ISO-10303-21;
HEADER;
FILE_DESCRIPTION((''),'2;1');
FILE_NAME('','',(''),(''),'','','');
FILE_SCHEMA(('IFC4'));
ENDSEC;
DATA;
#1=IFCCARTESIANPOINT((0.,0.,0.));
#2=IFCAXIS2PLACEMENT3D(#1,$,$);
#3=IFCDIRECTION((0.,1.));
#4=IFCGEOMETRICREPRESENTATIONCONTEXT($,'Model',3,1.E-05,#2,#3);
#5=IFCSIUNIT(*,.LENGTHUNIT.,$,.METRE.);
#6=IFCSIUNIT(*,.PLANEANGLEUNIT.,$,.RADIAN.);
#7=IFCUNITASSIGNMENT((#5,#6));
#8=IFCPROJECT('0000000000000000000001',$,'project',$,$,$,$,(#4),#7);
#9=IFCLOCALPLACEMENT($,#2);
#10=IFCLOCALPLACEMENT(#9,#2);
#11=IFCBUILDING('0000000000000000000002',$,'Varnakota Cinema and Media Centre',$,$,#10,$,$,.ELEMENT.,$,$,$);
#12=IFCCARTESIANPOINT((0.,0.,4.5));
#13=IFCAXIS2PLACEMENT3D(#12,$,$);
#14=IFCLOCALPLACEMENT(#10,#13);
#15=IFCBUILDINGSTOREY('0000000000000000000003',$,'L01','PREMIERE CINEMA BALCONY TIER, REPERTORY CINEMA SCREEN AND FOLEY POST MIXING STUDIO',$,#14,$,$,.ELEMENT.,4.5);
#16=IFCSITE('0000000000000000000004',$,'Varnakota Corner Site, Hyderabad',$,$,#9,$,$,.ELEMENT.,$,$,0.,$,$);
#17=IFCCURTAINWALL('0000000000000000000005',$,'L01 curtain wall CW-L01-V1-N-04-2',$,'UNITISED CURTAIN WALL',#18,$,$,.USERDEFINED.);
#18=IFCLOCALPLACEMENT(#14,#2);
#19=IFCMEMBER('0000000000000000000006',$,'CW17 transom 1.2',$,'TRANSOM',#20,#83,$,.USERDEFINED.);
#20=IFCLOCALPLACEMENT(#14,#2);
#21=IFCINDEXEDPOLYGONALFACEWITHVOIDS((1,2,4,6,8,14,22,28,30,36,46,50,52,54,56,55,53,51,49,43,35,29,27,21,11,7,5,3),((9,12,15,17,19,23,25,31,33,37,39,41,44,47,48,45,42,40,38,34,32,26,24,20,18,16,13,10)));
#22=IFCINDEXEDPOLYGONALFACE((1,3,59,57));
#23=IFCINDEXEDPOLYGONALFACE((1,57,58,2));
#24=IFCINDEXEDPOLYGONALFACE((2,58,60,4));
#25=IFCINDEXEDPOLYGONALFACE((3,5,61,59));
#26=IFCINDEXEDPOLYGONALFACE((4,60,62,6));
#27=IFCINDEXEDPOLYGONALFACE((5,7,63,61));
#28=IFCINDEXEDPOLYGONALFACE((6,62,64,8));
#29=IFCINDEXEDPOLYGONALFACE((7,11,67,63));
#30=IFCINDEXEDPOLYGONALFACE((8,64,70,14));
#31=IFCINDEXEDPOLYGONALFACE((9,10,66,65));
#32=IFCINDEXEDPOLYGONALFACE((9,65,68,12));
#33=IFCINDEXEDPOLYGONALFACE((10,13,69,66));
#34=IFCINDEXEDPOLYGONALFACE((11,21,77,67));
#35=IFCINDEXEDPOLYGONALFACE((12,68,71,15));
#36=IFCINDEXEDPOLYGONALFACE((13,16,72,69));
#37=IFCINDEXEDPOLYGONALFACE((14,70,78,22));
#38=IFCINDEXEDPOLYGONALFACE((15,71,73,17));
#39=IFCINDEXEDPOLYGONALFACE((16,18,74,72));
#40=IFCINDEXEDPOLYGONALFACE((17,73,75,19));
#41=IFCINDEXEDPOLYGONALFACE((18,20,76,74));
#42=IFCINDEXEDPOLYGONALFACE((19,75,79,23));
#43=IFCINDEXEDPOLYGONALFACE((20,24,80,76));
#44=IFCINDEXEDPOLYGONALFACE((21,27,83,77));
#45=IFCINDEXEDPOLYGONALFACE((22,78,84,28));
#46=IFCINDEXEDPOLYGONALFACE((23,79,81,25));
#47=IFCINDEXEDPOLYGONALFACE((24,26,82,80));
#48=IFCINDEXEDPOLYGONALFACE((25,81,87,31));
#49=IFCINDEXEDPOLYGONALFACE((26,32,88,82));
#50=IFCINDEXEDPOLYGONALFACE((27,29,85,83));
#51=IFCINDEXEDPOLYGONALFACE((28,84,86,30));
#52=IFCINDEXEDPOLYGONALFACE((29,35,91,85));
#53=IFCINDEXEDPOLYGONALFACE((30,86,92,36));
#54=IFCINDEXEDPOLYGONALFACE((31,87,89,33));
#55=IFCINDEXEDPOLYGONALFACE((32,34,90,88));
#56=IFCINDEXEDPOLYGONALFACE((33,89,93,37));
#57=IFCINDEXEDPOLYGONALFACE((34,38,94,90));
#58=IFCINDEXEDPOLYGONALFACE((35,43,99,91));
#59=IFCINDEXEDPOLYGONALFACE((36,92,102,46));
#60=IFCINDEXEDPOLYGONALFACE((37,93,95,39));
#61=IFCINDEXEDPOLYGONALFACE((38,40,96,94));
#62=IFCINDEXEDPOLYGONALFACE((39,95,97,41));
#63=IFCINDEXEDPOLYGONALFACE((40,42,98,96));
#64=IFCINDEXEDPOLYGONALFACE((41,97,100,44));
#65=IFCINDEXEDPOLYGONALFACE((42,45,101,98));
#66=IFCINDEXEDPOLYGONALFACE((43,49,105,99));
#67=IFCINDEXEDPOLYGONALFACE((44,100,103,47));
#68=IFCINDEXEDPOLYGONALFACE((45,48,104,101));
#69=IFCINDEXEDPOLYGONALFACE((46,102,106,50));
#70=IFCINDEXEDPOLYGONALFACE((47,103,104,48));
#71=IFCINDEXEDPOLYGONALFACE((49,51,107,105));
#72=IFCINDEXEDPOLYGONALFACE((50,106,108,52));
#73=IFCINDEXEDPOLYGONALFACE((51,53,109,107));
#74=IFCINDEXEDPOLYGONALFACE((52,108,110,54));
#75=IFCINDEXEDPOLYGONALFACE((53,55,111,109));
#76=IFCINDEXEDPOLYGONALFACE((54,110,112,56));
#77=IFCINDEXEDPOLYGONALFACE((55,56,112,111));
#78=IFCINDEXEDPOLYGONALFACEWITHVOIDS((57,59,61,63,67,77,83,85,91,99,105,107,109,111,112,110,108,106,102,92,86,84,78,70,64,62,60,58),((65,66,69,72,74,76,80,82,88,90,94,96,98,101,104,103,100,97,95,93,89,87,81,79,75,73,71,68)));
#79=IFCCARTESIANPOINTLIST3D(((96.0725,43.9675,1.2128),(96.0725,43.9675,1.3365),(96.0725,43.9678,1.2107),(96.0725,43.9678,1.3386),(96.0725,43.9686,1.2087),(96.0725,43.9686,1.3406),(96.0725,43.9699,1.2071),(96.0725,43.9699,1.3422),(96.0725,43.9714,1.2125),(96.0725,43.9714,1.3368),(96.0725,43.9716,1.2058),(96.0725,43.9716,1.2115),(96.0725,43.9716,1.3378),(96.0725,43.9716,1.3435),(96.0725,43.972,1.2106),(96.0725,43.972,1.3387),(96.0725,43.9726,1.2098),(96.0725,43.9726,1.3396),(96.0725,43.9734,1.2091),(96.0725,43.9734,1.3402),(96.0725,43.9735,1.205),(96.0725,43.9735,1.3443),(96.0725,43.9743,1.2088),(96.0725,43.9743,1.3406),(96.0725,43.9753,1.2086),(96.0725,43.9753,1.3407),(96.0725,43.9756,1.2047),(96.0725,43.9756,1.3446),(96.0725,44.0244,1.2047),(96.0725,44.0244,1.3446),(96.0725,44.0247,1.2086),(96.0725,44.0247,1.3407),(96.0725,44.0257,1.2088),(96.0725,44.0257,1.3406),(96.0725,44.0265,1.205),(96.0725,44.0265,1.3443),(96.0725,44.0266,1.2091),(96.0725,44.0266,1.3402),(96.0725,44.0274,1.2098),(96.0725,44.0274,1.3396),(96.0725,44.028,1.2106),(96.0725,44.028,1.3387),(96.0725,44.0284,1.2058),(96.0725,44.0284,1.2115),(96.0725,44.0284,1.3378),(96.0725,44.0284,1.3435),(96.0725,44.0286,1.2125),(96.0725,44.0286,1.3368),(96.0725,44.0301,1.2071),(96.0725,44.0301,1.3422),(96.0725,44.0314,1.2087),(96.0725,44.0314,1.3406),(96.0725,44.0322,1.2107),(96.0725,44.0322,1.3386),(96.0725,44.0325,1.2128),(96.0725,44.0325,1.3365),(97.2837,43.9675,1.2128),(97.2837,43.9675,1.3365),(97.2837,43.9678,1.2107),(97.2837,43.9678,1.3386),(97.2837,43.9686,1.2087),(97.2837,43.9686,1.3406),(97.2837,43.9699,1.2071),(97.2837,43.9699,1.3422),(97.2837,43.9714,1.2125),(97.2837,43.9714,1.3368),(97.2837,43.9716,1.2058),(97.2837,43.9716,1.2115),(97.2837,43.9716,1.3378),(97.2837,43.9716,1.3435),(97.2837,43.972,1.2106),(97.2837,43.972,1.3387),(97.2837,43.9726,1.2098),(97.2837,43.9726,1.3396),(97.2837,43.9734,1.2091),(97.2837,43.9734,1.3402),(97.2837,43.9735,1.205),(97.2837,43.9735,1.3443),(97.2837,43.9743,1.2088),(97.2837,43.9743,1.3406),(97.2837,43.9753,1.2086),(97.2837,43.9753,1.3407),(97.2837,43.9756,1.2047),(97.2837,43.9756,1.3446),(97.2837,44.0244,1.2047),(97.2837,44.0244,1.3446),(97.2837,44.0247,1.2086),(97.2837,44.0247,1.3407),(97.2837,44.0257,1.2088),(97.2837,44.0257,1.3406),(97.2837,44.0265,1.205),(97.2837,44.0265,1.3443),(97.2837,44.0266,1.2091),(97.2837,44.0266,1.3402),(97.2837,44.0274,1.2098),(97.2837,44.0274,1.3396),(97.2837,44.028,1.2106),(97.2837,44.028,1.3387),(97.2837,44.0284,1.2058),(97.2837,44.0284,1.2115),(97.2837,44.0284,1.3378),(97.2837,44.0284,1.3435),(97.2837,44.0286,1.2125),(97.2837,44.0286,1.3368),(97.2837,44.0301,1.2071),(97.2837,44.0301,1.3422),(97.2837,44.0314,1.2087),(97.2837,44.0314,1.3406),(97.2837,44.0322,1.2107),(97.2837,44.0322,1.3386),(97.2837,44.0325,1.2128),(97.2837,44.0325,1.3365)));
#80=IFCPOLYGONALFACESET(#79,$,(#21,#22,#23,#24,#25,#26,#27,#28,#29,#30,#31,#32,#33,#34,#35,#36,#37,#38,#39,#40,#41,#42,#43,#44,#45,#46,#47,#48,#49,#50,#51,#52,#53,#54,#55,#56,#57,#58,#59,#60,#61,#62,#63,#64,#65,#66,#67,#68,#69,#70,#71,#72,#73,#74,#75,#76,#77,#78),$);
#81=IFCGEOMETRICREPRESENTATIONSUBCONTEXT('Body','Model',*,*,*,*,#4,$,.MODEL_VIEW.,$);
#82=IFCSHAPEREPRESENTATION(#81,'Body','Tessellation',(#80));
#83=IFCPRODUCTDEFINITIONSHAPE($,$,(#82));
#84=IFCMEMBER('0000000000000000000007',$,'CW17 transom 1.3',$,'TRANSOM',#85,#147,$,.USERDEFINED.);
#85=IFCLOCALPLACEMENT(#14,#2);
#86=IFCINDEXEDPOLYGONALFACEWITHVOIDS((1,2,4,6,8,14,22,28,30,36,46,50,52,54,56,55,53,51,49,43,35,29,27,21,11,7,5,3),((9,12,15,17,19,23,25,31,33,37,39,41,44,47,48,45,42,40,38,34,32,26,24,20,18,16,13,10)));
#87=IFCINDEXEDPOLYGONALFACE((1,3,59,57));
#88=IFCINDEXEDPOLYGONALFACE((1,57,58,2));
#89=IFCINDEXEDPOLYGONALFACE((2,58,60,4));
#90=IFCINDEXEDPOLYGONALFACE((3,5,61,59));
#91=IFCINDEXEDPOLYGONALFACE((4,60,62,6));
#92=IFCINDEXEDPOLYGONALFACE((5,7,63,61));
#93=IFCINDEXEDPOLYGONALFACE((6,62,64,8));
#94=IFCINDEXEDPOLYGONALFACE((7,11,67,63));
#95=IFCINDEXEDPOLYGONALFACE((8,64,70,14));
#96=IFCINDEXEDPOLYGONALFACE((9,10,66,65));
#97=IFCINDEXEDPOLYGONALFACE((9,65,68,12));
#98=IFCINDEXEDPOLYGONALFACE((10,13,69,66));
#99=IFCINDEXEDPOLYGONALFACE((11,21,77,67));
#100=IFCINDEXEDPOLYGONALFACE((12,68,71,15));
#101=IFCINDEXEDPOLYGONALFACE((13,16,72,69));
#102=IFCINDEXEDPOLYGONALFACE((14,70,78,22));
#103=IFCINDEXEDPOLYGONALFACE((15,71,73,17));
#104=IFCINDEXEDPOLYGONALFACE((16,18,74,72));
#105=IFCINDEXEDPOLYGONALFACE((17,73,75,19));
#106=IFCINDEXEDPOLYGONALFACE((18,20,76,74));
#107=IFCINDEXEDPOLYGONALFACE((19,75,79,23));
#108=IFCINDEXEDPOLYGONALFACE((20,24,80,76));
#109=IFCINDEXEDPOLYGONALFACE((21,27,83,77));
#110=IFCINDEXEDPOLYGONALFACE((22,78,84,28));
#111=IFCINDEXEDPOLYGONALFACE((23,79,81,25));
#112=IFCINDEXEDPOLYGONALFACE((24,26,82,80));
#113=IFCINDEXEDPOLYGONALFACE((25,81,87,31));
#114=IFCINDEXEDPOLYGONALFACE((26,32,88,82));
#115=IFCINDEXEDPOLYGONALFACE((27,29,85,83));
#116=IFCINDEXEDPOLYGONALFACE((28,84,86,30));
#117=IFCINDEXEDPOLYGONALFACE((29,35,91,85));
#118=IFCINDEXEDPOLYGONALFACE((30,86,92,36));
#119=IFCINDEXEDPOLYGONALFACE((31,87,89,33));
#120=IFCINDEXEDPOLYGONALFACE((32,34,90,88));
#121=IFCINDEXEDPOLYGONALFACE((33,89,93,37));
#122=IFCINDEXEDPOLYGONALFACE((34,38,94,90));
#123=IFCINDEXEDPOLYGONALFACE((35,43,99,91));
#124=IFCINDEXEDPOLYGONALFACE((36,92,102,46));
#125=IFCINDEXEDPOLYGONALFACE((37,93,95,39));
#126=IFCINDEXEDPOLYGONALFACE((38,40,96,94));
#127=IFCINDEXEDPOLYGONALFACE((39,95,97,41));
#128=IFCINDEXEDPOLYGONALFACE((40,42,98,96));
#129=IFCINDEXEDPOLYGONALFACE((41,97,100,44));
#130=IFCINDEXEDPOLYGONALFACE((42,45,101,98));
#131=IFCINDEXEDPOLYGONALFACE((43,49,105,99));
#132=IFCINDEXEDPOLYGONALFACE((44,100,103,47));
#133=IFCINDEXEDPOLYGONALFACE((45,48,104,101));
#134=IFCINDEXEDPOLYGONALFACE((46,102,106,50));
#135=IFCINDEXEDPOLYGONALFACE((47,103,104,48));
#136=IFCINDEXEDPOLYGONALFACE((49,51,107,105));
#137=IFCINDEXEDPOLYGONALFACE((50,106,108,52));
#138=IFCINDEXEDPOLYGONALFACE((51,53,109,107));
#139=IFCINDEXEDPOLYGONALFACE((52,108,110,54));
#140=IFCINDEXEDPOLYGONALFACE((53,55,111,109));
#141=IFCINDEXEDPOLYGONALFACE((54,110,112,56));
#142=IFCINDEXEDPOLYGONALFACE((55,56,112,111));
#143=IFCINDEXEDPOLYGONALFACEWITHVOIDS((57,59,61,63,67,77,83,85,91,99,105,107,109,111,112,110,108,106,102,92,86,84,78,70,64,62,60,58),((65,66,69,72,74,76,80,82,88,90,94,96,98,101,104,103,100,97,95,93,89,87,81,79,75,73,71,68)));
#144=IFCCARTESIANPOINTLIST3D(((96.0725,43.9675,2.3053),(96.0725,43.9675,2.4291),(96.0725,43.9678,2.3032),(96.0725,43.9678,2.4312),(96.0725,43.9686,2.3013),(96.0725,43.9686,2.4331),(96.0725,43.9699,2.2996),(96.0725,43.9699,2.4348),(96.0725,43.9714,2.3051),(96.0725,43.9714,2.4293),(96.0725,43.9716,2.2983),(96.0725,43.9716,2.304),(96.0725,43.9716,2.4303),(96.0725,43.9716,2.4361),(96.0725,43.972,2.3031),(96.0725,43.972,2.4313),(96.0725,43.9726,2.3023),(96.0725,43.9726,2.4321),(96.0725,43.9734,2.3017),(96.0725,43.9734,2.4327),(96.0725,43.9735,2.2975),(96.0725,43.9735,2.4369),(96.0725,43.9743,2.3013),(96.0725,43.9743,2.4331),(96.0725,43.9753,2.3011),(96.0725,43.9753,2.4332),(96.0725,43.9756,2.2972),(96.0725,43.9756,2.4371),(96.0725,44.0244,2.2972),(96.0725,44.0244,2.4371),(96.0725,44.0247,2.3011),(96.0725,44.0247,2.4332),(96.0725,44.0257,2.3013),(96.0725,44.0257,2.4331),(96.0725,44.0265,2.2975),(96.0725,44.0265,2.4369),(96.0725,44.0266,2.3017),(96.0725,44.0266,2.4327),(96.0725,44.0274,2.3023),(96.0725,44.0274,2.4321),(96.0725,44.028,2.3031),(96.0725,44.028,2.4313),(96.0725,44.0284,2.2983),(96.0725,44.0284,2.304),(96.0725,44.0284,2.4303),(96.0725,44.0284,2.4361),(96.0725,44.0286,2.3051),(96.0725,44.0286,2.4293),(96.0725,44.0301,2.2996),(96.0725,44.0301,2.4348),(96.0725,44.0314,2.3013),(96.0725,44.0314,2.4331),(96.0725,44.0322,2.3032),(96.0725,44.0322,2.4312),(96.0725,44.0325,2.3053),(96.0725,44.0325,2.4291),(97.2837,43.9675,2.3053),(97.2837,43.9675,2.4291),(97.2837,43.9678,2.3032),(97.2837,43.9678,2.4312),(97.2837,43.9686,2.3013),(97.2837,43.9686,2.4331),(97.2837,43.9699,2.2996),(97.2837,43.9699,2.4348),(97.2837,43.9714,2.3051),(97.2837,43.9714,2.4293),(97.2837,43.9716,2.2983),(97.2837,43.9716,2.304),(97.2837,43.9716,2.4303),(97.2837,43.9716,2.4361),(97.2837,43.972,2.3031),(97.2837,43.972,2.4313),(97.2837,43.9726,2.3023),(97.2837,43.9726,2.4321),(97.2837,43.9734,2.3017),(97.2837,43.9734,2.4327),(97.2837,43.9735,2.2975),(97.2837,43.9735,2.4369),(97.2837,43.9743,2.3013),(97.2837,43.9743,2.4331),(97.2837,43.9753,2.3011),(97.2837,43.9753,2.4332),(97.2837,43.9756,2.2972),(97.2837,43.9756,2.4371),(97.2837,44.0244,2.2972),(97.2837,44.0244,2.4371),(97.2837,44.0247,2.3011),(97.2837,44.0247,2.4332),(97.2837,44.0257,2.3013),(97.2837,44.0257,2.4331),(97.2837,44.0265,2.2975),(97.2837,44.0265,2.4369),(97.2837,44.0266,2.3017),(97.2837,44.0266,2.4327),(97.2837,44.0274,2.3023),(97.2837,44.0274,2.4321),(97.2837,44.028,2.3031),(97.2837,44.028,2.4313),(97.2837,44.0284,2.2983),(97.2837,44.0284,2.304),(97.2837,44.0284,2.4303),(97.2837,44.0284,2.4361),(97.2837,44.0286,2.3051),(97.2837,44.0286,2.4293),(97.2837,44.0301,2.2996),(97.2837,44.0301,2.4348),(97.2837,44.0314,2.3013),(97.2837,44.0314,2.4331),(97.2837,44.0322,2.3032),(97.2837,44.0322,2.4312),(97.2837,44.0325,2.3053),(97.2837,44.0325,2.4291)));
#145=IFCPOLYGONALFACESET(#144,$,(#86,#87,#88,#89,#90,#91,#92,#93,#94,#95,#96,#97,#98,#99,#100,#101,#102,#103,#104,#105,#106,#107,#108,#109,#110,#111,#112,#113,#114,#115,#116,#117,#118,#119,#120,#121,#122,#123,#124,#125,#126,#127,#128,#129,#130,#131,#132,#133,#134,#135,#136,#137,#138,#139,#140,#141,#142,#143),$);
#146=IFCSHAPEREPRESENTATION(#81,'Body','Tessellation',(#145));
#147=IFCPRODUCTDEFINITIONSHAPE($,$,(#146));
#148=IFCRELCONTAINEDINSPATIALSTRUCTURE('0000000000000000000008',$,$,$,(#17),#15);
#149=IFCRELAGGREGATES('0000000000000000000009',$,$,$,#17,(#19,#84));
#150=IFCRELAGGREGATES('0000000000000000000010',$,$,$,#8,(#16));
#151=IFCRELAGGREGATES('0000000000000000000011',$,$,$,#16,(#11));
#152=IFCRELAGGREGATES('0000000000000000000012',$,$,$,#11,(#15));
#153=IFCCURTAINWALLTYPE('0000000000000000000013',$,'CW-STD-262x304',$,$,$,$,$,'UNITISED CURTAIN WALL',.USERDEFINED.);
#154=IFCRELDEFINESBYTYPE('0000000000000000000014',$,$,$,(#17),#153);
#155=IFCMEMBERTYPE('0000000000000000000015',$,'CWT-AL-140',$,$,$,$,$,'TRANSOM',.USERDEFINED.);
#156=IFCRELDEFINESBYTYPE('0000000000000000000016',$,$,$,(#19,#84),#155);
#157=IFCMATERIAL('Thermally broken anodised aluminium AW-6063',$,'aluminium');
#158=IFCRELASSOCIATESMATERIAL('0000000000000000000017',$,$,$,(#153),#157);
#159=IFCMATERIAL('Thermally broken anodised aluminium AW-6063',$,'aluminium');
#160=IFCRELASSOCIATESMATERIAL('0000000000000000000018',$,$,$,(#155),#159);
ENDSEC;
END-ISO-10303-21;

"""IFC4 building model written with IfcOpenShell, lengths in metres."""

from ifc_helpers import new_model, si_unit, direction, frame, origin, origin_2d, place, context, subcontext, project, spatial, hollow_rectangle, extrude, material, material_profile, profile_set, type_object, element, aggregate, save


model = new_model("IFC4")

# Units and contexts
model_context = context("Model", 3, precision=1e-05, world=origin(), true_north=direction((0.0, 1.0)))
body_context = subcontext(model_context, "Body", "Model", "MODEL_VIEW")
ifc_project = project(units=[si_unit("LENGTHUNIT", "METRE"), si_unit("PLANEANGLEUNIT", "RADIAN")], contexts=[model_context])

# Site, building, storey
site_placement = place(None, origin())
site = spatial("IfcSite", under=ifc_project, at=site_placement, Name="Varnakota Corner Site, Hyderabad", CompositionType="ELEMENT", RefElevation=0.0)
building_placement = place(site_placement, origin())
building = spatial("IfcBuilding", under=site, at=building_placement, Name="Varnakota Cinema and Media Centre", CompositionType="ELEMENT")
storey_placement = place(building_placement, frame((0.0, 0.0, 4.5)))
storey = spatial("IfcBuildingStorey", under=building, at=storey_placement, Name="L01", Description="PREMIERE CINEMA BALCONY TIER, REPERTORY CINEMA SCREEN AND FOLEY POST MIXING STUDIO", CompositionType="ELEMENT", Elevation=4.5)

# Curtain wall
ifc_material_1 = material(Name="Thermally broken anodised aluminium AW-6063", Category="aluminium")
curtain_wall_type = type_object("IfcCurtainWallType", Name="CW-STD-262x304", ElementType="UNITISED CURTAIN WALL", PredefinedType="USERDEFINED", material=ifc_material_1)
curtain_wall_1_placement = place(storey_placement, origin())
curtain_wall_1 = element("IfcCurtainWall", 1, at=curtain_wall_1_placement, inside=storey, type_object=curtain_wall_type, Name="L01 curtain wall CW-L01-V1-N-04-2", ObjectType="UNITISED CURTAIN WALL", PredefinedType="USERDEFINED")

# Members
ifc_material_2 = material(Name="Thermally broken anodised aluminium AW-6063", Category="aluminium")
ifc_material_profile_1 = material_profile(ifc_material_2, hollow_rectangle(XDim=0.0649, YDim=0.1399, WallThickness=0.0039, InnerFilletRadius=0.0039, OuterFilletRadius=0.0081, at=origin_2d()), Name="AL-TRANSOM 140x65x4")
ifc_profile_set_1 = profile_set([ifc_material_profile_1], Name="Thermally broken anodised aluminium AW-6063")
member_type_1 = type_object("IfcMemberType", Name="CWT-AL-140", ElementType="TRANSOM", PredefinedType="USERDEFINED", material=ifc_profile_set_1)
member_1_placement = place(storey_placement, frame((96.0725, 44.0, 1.2747), z_axis=(1.0, 0.0, 0.0), x_axis=(0.0, 1.0, 0.0)))
member_1 = element("IfcMember", 2, at=member_1_placement, type_object=member_type_1, Name="CW17 transom 1.2", ObjectType="TRANSOM", PredefinedType="USERDEFINED", context=body_context, shape_type="SweptSolid", body=[
    extrude(hollow_rectangle(XDim=0.0649, YDim=0.1399, WallThickness=0.0039, InnerFilletRadius=0.0039, OuterFilletRadius=0.0081, at=origin_2d()), origin(), (0.0, 0.0, 1.0), 1.2112),
])
member_2_placement = place(storey_placement, frame((96.0725, 44.0, 2.3672), z_axis=(1.0, 0.0, 0.0), x_axis=(0.0, 1.0, 0.0)))
member_2 = element("IfcMember", 3, at=member_2_placement, type_object=member_type_1, Name="CW17 transom 1.3", ObjectType="TRANSOM", PredefinedType="USERDEFINED", context=body_context, shape_type="SweptSolid", body=[
    extrude(hollow_rectangle(XDim=0.0649, YDim=0.1399, WallThickness=0.0039, InnerFilletRadius=0.0039, OuterFilletRadius=0.0081, at=origin_2d()), origin(), (0.0, 0.0, 1.0), 1.2112),
])

aggregate(curtain_wall_1, [member_1, member_2])

save(model, "model.ifc")
